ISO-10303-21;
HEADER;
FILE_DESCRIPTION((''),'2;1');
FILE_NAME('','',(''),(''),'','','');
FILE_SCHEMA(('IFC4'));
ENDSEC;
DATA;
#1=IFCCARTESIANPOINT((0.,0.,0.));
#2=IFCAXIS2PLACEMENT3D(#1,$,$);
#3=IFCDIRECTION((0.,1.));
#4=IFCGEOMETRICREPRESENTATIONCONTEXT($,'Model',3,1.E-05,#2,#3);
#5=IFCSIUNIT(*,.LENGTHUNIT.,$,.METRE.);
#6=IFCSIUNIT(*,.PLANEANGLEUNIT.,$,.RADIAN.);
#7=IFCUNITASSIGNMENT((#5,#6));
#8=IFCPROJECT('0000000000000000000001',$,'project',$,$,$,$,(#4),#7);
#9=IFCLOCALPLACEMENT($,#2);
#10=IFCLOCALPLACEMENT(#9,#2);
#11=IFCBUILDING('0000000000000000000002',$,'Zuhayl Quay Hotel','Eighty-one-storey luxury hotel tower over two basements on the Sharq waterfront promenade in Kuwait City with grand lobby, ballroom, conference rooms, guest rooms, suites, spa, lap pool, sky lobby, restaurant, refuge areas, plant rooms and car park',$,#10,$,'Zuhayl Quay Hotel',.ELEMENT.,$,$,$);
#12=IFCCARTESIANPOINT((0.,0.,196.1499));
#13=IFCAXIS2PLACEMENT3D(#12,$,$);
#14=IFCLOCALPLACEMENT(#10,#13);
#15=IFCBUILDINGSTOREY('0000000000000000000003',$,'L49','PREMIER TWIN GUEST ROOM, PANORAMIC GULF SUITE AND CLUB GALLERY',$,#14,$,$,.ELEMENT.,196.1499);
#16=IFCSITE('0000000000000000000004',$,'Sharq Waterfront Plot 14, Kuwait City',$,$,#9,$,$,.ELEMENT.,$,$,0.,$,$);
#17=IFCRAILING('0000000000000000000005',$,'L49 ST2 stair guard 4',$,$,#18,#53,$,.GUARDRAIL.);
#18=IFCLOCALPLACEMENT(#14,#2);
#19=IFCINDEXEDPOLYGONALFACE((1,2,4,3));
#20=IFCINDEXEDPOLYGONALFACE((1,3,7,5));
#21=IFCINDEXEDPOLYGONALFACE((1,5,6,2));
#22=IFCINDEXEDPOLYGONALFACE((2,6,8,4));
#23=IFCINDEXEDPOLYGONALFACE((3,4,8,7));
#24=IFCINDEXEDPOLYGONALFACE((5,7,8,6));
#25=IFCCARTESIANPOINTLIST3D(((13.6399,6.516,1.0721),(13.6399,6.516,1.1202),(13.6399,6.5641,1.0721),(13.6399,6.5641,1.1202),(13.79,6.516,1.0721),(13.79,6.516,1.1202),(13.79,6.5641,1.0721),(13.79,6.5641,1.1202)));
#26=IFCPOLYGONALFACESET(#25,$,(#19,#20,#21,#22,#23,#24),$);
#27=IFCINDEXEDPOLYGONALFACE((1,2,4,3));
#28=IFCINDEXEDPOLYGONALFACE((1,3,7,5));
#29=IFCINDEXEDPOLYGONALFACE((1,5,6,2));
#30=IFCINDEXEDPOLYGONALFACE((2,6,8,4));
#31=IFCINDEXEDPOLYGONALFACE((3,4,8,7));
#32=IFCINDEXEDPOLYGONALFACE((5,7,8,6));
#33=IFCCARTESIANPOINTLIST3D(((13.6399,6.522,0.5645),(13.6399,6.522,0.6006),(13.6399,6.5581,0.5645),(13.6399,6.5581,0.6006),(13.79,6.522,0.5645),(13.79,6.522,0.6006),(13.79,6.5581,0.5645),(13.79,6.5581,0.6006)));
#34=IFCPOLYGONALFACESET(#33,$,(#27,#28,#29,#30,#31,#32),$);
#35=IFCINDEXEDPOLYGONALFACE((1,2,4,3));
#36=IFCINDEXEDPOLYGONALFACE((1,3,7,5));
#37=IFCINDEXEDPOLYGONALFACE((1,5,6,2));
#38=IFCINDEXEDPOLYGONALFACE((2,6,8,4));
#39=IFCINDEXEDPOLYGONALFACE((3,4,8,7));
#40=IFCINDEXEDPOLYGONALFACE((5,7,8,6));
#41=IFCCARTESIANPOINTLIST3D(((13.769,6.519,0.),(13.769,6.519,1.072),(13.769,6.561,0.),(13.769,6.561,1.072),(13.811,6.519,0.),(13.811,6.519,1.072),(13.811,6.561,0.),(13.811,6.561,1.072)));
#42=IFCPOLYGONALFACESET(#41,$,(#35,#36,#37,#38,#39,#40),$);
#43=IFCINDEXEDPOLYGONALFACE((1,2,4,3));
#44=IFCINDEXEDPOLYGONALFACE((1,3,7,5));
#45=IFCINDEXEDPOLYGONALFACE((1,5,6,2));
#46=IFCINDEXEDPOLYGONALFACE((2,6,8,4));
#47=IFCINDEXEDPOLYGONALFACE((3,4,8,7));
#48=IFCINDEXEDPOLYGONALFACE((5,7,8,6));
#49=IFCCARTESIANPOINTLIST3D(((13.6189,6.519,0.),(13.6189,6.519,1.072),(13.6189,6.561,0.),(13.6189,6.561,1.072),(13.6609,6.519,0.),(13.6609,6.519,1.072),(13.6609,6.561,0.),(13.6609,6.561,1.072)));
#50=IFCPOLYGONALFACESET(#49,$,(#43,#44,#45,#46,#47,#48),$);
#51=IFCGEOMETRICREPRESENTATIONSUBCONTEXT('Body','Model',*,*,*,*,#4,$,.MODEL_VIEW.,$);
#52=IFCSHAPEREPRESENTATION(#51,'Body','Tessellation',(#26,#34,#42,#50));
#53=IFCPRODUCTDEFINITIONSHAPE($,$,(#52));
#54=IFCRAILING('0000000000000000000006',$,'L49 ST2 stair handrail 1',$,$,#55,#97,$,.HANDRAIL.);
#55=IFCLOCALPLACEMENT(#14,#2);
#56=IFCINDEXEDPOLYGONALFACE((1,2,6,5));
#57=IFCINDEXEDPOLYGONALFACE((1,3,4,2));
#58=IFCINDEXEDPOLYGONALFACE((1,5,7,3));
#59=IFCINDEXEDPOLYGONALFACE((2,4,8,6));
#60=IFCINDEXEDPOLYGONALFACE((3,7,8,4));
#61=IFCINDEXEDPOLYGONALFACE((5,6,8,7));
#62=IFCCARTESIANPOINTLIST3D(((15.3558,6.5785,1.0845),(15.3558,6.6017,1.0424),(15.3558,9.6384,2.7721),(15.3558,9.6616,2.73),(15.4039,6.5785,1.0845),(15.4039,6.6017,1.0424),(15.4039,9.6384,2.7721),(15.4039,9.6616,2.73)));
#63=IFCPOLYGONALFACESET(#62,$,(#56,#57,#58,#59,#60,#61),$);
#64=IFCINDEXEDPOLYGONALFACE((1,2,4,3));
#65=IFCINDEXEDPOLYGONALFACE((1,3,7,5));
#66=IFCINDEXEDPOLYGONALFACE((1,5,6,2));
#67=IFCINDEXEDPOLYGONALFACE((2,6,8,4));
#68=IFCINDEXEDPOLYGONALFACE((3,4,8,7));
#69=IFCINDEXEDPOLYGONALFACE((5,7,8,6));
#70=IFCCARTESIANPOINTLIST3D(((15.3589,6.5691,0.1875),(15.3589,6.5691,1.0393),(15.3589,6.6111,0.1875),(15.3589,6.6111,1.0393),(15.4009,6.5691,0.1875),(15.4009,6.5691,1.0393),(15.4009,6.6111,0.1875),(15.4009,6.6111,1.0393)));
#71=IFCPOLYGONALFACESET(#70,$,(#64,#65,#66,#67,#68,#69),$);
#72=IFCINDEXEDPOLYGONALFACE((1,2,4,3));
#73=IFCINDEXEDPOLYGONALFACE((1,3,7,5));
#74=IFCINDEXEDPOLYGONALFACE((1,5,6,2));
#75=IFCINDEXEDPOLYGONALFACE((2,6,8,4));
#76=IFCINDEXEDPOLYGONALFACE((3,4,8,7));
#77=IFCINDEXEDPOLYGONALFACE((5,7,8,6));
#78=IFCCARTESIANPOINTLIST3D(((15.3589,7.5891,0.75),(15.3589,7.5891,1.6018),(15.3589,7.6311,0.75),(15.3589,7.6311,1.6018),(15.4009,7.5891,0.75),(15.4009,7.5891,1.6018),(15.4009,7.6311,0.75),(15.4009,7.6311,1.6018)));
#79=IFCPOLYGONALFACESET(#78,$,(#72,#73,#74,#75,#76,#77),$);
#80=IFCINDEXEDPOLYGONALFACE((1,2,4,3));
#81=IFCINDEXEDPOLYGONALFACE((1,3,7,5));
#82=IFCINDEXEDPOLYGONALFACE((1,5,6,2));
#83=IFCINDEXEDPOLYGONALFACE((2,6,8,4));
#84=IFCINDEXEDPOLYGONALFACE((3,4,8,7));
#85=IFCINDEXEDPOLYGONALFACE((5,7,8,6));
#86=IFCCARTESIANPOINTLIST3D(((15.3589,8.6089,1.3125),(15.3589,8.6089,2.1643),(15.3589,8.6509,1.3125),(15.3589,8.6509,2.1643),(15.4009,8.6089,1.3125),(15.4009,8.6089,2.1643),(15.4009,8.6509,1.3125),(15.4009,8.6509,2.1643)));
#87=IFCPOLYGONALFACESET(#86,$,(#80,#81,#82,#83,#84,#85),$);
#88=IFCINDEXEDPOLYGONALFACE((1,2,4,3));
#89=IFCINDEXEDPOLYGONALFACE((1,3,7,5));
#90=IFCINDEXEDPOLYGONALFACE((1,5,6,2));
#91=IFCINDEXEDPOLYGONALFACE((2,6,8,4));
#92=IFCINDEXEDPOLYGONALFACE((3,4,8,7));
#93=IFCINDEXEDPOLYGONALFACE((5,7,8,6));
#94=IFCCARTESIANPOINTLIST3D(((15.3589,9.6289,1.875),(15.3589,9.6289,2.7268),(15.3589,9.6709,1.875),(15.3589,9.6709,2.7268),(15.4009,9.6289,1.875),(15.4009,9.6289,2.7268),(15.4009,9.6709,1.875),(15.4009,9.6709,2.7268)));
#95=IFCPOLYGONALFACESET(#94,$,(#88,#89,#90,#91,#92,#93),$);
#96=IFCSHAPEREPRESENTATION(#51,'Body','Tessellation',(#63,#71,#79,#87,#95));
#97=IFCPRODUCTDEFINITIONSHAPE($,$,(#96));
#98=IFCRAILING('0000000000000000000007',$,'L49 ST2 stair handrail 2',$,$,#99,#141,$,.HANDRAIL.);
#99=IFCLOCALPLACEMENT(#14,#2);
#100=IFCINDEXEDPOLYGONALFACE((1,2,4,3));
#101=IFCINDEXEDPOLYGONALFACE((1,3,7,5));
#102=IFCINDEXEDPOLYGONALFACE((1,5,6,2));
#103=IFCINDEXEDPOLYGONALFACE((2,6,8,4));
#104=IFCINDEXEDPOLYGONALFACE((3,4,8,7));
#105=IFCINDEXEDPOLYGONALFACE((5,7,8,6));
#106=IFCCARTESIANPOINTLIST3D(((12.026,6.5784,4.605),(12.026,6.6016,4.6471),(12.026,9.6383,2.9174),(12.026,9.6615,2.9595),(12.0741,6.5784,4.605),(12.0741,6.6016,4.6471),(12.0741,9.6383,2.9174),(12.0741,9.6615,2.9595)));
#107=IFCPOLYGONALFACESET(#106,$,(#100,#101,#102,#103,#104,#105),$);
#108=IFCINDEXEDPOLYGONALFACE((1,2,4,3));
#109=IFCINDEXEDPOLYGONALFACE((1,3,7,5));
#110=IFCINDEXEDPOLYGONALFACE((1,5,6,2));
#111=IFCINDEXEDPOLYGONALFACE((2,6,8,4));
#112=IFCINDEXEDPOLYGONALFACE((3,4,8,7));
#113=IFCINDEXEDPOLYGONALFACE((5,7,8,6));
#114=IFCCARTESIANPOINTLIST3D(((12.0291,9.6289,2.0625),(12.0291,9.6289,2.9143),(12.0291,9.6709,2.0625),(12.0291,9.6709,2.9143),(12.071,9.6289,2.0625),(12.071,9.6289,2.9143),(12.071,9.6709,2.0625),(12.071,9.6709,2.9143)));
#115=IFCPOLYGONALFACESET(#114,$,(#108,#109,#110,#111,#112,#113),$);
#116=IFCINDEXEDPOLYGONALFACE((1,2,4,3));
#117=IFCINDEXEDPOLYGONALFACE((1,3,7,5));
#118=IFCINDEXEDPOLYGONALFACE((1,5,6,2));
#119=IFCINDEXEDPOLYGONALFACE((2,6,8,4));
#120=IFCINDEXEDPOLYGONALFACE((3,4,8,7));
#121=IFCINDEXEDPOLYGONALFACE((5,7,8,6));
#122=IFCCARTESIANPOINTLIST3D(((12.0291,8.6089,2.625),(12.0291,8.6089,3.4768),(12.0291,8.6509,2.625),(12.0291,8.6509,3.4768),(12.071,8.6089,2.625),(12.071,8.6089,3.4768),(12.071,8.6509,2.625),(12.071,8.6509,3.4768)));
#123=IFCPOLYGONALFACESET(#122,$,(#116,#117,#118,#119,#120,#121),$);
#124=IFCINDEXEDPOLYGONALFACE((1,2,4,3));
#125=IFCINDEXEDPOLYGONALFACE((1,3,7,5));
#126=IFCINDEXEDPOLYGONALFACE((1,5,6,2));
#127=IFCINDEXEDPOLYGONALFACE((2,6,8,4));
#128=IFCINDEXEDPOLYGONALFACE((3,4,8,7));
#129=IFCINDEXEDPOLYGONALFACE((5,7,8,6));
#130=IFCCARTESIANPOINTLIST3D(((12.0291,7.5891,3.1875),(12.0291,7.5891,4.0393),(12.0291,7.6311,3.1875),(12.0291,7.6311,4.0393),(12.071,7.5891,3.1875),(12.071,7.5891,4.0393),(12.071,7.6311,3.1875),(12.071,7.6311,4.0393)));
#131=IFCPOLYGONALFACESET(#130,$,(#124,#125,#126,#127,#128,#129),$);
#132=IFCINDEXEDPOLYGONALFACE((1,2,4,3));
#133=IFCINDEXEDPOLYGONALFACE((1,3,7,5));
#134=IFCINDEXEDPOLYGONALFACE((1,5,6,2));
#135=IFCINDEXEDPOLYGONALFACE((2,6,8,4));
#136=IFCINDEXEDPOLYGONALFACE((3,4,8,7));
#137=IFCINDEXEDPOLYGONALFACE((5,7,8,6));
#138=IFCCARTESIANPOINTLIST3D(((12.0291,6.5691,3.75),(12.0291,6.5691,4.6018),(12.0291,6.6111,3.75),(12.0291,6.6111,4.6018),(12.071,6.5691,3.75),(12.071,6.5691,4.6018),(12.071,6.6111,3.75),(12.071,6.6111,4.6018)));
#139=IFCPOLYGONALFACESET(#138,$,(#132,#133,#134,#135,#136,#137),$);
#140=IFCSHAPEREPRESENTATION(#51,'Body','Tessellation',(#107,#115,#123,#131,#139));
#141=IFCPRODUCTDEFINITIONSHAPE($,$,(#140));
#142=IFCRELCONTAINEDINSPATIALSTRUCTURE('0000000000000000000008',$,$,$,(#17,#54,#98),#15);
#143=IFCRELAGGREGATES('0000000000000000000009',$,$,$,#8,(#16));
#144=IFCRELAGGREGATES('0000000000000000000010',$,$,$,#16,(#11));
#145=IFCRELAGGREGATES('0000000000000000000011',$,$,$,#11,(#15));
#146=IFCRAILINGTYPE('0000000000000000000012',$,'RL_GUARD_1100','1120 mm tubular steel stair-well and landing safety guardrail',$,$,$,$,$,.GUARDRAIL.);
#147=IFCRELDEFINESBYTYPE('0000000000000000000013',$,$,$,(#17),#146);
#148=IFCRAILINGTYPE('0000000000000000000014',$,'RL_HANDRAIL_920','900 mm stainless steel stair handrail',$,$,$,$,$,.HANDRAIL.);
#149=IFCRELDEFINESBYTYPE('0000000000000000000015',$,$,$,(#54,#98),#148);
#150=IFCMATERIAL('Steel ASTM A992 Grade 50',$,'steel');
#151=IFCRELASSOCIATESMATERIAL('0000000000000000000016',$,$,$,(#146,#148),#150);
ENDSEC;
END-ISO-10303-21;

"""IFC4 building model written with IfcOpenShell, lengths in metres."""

from ifc_helpers import new_model, si_unit, direction, frame, origin, origin_2d, place, context, subcontext, project, spatial, rectangle, extrude, material, type_object, element, save


model = new_model("IFC4")

# Units and contexts
model_context = context("Model", 3, precision=1e-05, world=origin(), true_north=direction((0.0, 1.0)))
body_context = subcontext(model_context, "Body", "Model", "MODEL_VIEW")
ifc_project = project(units=[si_unit("LENGTHUNIT", "METRE"), si_unit("PLANEANGLEUNIT", "RADIAN")], contexts=[model_context])

# Site, building, storey
site_placement = place(None, origin())
site = spatial("IfcSite", under=ifc_project, at=site_placement, Name="Sharq Waterfront Plot 14, Kuwait City", CompositionType="ELEMENT", RefElevation=0.0)
building_placement = place(site_placement, origin())
building = spatial("IfcBuilding", under=site, at=building_placement, Name="Zuhayl Quay Hotel", Description="Eighty-one-storey luxury hotel tower over two basements on the Sharq waterfront promenade in Kuwait City with grand lobby, ballroom, conference rooms, guest rooms, suites, spa, lap pool, sky lobby, restaurant, refuge areas, plant rooms and car park", LongName="Zuhayl Quay Hotel", CompositionType="ELEMENT")
storey_placement = place(building_placement, frame((0.0, 0.0, 196.1499)))
storey = spatial("IfcBuildingStorey", under=building, at=storey_placement, Name="L49", Description="PREMIER TWIN GUEST ROOM, PANORAMIC GULF SUITE AND CLUB GALLERY", CompositionType="ELEMENT", Elevation=196.1499)

# Shared definitions
ifc_material_1 = material(Name="Steel ASTM A992 Grade 50", Category="steel")

# Railings
railing_type_1 = type_object("IfcRailingType", Name="RL_GUARD_1100", Description="1120 mm tubular steel stair-well and landing safety guardrail", PredefinedType="GUARDRAIL", material=ifc_material_1)
railing_1_placement = place(storey_placement, frame((13.79, 6.54, 0.0)))
element("IfcRailing", 1, at=railing_1_placement, inside=storey, type_object=railing_type_1, Name="L49 ST2 stair guard 4", PredefinedType="GUARDRAIL", context=body_context, shape_type="SweptSolid", body=[
    extrude(rectangle(XDim=0.0481, YDim=0.0481, at=origin_2d()), frame((0.0, 0.0, 1.0962), z_axis=(-1.0, 0.0, 0.0), x_axis=(0.0, -1.0, 0.0)), (0.0, 0.0, 1.0), 0.1501),
    extrude(rectangle(XDim=0.0361, YDim=0.0361, at=origin_2d()), frame((0.0, 0.0, 0.5825), z_axis=(-1.0, 0.0, 0.0), x_axis=(0.0, -1.0, 0.0)), (0.0, 0.0, 1.0), 0.1501),
    extrude(rectangle(XDim=0.042, YDim=0.042, at=origin_2d()), origin(), (0.0, 0.0, 1.0), 1.072),
    extrude(rectangle(XDim=0.042, YDim=0.042, at=origin_2d()), frame((-0.1501, 0.0, 0.0)), (0.0, 0.0, 1.0), 1.072),
])
railing_type_2 = type_object("IfcRailingType", Name="RL_HANDRAIL_920", Description="900 mm stainless steel stair handrail", PredefinedType="HANDRAIL", material=ifc_material_1)
railing_2_placement = place(storey_placement, frame((15.3799, 6.5901, 0.1875)))
element("IfcRailing", 2, at=railing_2_placement, inside=storey, type_object=railing_type_2, Name="L49 ST2 stair handrail 1", PredefinedType="HANDRAIL", context=body_context, shape_type="SweptSolid", body=[
    extrude(rectangle(XDim=0.0481, YDim=0.0481, at=origin_2d()), frame((0.0, 0.0, 0.876), z_axis=(0.0, 0.875659, 0.48293), x_axis=(-1.0, 0.0, 0.0)), (0.0, 0.0, 1.0), 3.4944),
    extrude(rectangle(XDim=0.042, YDim=0.042, at=origin_2d()), origin(), (0.0, 0.0, 1.0), 0.8518),
    extrude(rectangle(XDim=0.042, YDim=0.042, at=origin_2d()), frame((0.0, 1.02, 0.5625)), (0.0, 0.0, 1.0), 0.8518),
    extrude(rectangle(XDim=0.042, YDim=0.042, at=origin_2d()), frame((0.0, 2.0398, 1.125)), (0.0, 0.0, 1.0), 0.8518),
    extrude(rectangle(XDim=0.042, YDim=0.042, at=origin_2d()), frame((0.0, 3.0598, 1.6875)), (0.0, 0.0, 1.0), 0.8518),
])
railing_3_placement = place(storey_placement, frame((12.05, 9.6499, 2.0625)))
element("IfcRailing", 3, at=railing_3_placement, inside=storey, type_object=railing_type_2, Name="L49 ST2 stair handrail 2", PredefinedType="HANDRAIL", context=body_context, shape_type="SweptSolid", body=[
    extrude(rectangle(XDim=0.0481, YDim=0.0481, at=origin_2d()), frame((0.0, 0.0, 0.876), z_axis=(0.0, -0.875659, 0.48293), x_axis=(1.0, 0.0, 0.0)), (0.0, 0.0, 1.0), 3.4944),
    extrude(rectangle(XDim=0.042, YDim=0.042, at=origin_2d()), origin(), (0.0, 0.0, 1.0), 0.8518),
    extrude(rectangle(XDim=0.042, YDim=0.042, at=origin_2d()), frame((0.0, -1.02, 0.5625)), (0.0, 0.0, 1.0), 0.8518),
    extrude(rectangle(XDim=0.042, YDim=0.042, at=origin_2d()), frame((0.0, -2.0398, 1.125)), (0.0, 0.0, 1.0), 0.8518),
    extrude(rectangle(XDim=0.042, YDim=0.042, at=origin_2d()), frame((0.0, -3.0598, 1.6875)), (0.0, 0.0, 1.0), 0.8518),
])

save(model, "model.ifc")
